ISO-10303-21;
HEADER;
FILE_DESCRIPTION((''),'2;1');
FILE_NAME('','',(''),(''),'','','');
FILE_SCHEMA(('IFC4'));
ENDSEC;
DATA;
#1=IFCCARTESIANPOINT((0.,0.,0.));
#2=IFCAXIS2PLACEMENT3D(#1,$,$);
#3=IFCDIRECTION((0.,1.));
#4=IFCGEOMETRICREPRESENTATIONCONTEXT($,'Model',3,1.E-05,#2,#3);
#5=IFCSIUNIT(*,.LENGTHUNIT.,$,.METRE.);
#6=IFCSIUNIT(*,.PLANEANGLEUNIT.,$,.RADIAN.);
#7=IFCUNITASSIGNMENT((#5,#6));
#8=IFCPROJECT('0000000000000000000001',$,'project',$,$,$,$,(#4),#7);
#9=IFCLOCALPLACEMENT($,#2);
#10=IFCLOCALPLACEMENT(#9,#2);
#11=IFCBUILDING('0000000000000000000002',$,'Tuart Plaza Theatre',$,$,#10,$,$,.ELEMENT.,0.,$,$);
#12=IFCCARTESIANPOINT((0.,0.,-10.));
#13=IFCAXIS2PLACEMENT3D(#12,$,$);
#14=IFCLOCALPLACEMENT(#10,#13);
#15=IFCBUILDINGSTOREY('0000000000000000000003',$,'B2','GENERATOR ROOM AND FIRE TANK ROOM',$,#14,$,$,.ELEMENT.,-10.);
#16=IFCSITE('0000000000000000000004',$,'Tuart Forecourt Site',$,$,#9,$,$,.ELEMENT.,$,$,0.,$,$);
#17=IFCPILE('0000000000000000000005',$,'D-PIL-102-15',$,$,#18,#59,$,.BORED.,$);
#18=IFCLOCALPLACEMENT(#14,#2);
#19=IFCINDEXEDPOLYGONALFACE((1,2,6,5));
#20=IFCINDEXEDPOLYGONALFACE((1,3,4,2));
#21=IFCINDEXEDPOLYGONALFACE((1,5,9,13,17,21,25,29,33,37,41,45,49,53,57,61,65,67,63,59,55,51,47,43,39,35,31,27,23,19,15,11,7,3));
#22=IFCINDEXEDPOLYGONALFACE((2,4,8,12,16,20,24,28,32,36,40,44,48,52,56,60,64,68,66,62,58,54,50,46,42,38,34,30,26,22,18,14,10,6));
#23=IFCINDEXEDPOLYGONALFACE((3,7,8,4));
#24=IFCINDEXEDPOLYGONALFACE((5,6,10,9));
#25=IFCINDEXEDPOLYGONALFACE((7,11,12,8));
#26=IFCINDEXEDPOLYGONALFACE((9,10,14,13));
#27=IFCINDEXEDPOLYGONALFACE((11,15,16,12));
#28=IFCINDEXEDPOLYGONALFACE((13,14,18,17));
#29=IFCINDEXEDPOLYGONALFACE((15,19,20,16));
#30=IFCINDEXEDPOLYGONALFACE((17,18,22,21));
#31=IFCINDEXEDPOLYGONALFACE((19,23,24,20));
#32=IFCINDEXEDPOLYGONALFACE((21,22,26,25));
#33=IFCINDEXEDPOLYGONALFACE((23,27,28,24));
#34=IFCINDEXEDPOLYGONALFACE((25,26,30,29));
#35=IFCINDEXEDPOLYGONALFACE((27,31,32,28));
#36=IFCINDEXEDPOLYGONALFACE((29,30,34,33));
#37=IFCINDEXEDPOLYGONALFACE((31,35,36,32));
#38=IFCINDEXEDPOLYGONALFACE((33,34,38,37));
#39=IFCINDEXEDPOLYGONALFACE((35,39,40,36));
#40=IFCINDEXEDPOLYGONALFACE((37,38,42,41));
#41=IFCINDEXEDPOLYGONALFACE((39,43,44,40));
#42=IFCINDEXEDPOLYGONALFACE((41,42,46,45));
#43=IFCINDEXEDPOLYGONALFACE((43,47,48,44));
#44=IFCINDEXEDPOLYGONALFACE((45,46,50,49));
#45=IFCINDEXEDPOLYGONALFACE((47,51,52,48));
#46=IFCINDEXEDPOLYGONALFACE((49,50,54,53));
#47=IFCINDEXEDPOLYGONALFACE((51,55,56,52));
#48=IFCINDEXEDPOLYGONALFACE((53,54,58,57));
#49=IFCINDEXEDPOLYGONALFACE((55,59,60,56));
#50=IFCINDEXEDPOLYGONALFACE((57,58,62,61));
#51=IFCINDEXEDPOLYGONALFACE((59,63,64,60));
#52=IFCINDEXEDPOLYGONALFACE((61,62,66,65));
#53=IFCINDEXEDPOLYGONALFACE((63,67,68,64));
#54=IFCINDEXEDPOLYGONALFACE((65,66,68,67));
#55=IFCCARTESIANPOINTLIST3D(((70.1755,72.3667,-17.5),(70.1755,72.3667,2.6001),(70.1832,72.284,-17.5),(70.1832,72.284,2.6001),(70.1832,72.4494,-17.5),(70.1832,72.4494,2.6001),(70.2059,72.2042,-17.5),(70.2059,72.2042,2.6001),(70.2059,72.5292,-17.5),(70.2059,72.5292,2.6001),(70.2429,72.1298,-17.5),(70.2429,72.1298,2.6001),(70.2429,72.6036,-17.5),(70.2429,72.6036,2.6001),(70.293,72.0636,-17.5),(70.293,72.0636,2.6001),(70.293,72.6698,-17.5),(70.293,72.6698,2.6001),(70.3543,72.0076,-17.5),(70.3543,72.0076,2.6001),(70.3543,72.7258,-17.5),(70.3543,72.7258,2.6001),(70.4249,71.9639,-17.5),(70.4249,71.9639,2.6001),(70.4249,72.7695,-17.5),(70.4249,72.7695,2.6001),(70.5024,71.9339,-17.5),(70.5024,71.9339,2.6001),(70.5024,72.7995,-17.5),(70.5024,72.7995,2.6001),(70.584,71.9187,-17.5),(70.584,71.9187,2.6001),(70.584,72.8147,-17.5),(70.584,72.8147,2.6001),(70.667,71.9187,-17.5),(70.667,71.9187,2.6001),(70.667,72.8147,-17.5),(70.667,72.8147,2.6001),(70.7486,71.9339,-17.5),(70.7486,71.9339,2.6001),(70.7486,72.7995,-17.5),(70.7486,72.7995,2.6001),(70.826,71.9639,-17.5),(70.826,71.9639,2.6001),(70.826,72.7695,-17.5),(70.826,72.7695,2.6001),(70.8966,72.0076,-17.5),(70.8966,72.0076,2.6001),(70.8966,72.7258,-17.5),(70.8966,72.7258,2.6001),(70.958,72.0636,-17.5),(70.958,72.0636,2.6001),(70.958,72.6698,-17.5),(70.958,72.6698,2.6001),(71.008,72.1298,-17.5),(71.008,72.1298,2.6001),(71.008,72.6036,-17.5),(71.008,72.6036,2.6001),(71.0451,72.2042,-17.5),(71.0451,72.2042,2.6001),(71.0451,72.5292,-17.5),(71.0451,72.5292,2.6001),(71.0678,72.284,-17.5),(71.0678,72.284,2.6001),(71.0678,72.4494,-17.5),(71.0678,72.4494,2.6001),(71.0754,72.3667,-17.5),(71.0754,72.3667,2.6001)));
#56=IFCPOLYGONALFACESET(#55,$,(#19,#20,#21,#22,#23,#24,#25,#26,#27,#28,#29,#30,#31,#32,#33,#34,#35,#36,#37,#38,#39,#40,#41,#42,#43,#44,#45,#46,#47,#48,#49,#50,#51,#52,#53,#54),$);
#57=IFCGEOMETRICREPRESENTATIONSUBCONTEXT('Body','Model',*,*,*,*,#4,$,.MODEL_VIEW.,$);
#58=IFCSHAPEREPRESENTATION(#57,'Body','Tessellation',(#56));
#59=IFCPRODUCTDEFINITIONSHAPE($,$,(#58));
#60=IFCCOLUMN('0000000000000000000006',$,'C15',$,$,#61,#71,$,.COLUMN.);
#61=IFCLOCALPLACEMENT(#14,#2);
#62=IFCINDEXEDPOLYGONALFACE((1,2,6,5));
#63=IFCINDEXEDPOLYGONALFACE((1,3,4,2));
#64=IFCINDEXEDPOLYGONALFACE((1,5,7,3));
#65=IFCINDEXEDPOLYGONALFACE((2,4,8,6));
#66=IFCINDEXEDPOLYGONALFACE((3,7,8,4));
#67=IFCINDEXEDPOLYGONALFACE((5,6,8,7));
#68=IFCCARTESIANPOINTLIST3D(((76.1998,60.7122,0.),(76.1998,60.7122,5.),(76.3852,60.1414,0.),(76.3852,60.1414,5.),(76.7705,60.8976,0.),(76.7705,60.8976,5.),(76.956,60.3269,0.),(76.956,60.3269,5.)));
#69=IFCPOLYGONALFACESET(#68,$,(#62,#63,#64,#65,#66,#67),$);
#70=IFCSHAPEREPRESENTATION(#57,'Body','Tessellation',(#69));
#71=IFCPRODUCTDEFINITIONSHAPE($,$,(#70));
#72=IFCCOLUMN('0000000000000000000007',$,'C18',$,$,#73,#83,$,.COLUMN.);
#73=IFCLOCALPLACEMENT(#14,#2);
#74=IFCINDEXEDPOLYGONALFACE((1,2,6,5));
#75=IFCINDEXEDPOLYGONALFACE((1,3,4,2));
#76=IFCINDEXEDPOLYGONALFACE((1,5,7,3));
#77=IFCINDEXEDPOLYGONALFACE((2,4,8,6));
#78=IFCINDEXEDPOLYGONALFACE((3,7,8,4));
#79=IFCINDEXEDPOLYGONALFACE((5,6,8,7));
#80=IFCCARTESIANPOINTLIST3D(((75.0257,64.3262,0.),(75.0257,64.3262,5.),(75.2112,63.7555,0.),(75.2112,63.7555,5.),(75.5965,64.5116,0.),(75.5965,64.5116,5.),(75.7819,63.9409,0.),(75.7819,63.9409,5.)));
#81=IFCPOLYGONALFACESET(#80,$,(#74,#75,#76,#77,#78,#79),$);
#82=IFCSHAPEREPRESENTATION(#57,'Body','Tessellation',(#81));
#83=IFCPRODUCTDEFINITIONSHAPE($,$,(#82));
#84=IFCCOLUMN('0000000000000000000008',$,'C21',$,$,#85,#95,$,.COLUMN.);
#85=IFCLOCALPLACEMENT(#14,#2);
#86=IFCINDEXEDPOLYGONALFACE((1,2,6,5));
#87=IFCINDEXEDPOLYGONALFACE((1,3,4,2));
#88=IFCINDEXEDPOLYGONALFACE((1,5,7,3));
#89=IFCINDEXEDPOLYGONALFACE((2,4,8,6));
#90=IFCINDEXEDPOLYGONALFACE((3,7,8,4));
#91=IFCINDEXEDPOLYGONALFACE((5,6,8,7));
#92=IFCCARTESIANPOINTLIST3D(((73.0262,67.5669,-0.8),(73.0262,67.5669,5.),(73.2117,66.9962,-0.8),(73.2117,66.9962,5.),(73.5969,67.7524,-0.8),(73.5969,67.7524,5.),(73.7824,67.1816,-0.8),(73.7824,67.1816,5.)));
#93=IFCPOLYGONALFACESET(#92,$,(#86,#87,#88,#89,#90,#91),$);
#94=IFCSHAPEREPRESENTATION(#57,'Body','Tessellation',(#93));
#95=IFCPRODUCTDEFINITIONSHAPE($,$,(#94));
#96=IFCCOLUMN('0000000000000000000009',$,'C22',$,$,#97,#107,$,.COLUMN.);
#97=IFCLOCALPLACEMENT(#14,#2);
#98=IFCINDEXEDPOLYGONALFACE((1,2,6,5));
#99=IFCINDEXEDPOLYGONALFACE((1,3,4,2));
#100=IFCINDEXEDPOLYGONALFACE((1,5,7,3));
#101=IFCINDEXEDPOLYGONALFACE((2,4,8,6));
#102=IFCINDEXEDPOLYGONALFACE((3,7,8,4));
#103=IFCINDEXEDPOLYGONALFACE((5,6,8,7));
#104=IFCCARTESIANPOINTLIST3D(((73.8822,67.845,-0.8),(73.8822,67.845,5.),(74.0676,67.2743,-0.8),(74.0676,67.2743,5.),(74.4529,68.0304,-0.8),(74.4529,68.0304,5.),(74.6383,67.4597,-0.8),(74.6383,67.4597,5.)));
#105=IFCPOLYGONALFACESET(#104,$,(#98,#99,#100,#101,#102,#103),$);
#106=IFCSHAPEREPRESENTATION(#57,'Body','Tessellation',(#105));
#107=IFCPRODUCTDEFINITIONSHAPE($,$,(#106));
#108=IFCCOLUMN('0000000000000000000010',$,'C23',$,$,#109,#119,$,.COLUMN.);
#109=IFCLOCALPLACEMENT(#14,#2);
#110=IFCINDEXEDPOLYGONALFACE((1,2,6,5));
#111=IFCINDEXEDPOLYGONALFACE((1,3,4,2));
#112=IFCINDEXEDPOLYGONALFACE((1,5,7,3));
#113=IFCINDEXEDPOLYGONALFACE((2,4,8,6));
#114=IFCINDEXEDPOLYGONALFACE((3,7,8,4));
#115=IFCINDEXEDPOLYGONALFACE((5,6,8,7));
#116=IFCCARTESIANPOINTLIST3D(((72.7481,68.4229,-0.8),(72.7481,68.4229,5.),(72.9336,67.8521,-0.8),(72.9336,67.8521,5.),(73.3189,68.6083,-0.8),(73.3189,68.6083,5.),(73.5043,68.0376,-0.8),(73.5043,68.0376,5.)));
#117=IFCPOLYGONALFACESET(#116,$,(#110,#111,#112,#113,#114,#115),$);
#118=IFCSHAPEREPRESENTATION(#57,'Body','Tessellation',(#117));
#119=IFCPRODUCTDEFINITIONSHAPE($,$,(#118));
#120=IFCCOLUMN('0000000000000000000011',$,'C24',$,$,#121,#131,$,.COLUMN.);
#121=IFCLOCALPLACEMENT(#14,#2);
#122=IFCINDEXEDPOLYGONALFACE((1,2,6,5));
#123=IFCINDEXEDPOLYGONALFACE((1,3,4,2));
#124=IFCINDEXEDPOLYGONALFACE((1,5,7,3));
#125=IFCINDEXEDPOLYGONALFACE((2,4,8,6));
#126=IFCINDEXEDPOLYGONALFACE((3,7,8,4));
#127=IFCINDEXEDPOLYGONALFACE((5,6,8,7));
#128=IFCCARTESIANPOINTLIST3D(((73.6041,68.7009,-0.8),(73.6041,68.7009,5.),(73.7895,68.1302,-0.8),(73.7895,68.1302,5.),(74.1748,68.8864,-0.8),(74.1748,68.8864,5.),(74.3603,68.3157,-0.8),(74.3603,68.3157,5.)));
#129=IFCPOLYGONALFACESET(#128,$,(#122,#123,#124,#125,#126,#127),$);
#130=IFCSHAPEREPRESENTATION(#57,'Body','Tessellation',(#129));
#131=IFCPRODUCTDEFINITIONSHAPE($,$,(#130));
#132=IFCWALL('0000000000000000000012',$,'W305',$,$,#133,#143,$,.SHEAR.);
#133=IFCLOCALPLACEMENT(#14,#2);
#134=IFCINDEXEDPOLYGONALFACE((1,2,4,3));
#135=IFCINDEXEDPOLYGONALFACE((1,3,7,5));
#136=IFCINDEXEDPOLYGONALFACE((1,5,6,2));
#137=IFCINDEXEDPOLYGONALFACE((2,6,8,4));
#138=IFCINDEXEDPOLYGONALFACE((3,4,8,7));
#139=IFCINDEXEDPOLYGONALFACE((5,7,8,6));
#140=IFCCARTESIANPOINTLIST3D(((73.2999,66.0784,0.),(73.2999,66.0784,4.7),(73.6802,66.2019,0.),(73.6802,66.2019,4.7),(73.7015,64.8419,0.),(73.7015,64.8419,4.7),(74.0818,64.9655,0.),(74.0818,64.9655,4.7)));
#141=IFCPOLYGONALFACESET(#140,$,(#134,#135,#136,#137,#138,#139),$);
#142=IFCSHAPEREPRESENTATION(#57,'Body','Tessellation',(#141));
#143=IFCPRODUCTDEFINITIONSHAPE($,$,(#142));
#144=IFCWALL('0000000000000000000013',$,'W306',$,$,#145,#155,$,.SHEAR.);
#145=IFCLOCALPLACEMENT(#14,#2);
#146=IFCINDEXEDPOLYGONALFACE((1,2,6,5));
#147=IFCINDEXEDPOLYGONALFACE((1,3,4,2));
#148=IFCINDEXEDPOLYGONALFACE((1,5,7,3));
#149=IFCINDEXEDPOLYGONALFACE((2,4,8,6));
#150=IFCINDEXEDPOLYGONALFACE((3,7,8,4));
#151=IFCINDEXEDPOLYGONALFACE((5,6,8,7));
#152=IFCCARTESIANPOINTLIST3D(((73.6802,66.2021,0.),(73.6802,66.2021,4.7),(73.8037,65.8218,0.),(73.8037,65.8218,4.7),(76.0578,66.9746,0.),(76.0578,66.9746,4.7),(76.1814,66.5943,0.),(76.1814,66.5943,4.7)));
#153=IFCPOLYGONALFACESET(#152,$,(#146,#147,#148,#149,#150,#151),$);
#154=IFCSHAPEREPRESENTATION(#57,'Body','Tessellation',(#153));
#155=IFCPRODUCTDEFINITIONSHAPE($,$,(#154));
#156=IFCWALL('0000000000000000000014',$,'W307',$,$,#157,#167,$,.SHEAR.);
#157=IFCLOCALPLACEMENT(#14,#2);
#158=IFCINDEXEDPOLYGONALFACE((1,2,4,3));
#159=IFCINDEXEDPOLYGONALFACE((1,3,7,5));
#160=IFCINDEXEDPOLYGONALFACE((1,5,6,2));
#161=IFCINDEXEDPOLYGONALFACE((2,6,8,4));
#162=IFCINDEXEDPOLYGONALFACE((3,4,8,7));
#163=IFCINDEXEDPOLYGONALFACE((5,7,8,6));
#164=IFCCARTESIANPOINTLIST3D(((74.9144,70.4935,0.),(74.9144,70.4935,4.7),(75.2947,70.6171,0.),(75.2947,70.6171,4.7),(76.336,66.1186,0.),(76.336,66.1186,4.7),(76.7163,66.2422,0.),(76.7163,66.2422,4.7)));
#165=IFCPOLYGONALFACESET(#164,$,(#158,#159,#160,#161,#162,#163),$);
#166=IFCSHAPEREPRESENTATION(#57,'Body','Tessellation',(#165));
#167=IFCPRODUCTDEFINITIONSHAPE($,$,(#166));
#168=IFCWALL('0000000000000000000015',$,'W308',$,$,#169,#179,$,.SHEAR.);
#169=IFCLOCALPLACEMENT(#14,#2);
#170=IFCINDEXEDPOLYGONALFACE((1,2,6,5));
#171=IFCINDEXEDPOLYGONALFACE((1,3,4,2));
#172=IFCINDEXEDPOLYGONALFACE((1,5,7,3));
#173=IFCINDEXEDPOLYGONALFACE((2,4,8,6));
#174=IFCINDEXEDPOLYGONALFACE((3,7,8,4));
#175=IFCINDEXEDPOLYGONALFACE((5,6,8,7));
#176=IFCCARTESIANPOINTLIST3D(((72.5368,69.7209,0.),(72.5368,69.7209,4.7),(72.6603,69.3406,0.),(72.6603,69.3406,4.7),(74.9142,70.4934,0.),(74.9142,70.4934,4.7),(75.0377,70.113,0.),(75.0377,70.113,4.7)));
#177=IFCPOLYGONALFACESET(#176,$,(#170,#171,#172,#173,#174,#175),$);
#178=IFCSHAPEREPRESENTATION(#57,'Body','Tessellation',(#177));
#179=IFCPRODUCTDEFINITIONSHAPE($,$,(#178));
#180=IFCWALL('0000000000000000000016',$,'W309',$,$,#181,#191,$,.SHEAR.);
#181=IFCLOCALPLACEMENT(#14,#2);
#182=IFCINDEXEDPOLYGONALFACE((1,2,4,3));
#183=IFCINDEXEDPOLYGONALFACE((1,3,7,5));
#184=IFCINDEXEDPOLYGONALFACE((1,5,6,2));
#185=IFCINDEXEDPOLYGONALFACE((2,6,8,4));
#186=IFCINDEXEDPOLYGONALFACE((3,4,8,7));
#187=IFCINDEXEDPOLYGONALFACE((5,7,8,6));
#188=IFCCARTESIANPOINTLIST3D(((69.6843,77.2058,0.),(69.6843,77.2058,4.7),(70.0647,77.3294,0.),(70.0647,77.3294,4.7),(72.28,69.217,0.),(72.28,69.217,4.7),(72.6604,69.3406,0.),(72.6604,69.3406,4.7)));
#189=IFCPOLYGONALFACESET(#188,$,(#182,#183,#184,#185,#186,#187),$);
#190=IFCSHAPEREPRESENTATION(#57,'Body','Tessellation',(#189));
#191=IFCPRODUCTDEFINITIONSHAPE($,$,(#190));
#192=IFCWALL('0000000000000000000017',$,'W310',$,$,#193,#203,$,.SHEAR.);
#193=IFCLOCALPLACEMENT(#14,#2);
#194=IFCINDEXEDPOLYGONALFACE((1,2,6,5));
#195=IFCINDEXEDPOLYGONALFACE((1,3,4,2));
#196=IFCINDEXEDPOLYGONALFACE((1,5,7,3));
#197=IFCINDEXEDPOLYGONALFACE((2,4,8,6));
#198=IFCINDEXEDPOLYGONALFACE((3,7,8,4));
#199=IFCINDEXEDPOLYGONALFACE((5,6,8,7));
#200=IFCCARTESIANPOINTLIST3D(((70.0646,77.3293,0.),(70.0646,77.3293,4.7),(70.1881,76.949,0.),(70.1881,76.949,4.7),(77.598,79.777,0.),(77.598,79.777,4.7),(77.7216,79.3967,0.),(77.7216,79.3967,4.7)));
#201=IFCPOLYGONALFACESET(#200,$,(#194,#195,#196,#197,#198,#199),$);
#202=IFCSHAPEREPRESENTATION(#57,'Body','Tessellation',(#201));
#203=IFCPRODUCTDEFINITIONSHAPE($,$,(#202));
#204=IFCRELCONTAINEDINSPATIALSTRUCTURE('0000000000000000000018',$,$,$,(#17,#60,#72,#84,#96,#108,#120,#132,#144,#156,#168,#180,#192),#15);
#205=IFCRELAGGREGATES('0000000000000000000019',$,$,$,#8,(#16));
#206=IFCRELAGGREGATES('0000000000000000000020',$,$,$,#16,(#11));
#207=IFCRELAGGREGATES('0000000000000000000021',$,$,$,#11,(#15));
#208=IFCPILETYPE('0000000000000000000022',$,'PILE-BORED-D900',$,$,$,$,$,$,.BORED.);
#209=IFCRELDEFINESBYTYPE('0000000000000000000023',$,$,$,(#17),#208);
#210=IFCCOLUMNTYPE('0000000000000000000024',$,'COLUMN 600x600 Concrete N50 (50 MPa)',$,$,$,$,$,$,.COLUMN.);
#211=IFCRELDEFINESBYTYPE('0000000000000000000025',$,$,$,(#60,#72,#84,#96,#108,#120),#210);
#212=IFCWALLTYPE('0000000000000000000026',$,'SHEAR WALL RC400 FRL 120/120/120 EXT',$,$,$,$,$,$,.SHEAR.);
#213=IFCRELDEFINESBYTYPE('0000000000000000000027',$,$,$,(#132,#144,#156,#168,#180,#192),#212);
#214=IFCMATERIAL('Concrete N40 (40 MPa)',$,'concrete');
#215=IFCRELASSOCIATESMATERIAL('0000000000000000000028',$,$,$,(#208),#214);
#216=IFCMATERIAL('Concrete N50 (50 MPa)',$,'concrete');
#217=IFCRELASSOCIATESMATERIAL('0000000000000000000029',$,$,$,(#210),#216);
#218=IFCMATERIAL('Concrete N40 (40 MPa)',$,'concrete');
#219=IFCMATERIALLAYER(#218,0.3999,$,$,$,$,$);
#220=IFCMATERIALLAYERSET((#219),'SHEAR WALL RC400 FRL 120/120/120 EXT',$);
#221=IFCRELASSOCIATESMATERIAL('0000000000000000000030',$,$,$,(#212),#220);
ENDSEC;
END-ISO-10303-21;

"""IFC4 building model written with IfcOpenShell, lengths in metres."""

from ifc_helpers import new_model, si_unit, direction, frame, frame_2d, origin, origin_2d, place, context, subcontext, project, spatial, rectangle, circle, extrude, material, layer, layer_set, material_profile, profile_set, type_object, element, save


model = new_model("IFC4")

# Units and contexts
model_context = context("Model", 3, precision=1e-05, world=origin(), true_north=direction((0.0, 1.0)))
body_context = subcontext(model_context, "Body", "Model", "MODEL_VIEW")
ifc_project = project(units=[si_unit("LENGTHUNIT", "METRE"), si_unit("PLANEANGLEUNIT", "RADIAN")], contexts=[model_context])

# Site, building, storey
site_placement = place(None, origin())
site = spatial("IfcSite", under=ifc_project, at=site_placement, Name="Tuart Forecourt Site", CompositionType="ELEMENT", RefElevation=0.0)
building_placement = place(site_placement, origin())
building = spatial("IfcBuilding", under=site, at=building_placement, Name="Tuart Plaza Theatre", CompositionType="ELEMENT", ElevationOfRefHeight=0.0)
storey_placement = place(building_placement, frame((0.0, 0.0, -10.0)))
storey = spatial("IfcBuildingStorey", under=building, at=storey_placement, Name="B2", Description="GENERATOR ROOM AND FIRE TANK ROOM", CompositionType="ELEMENT", Elevation=-10.0)

# Pile
ifc_material_1 = material(Name="Concrete N40 (40 MPa)", Category="concrete")
ifc_material_profile_1 = material_profile(ifc_material_1, circle(Radius=0.45, at=origin_2d()), Name="PILE-BORED-D900")
ifc_profile_set_1 = profile_set([ifc_material_profile_1], Name="Concrete N40 (40 MPa)")
pile_type_1 = type_object("IfcPileType", Name="PILE-BORED-D900", PredefinedType="BORED", material=ifc_profile_set_1)
for number, where, z_axis, x_axis, name in (
    (1, (70.6255, 72.3667, 2.6001), (0.0, 0.0, -1.0), (1.0, 0.0, 0.0), "D-PIL-102-15"),
):
    element("IfcPile", number, at=place(storey_placement, frame(where, z_axis=z_axis, x_axis=x_axis)), inside=storey, type_object=pile_type_1, Name=name, PredefinedType="BORED", context=body_context, shape_type="SweptSolid", body=[
        extrude(circle(Radius=0.45, at=origin_2d()), origin(), (0.0, 0.0, 1.0), 20.1001),
    ])

# Columns
ifc_material_2 = material(Name="Concrete N50 (50 MPa)", Category="concrete")
ifc_material_profile_2 = material_profile(ifc_material_2, rectangle(XDim=0.6001, YDim=0.6001, at=origin_2d()), Name="COLUMN 600x600 Concrete N50 (50 MPa)")
ifc_profile_set_2 = profile_set([ifc_material_profile_2], Name="Concrete N50 (50 MPa)")
column_type = type_object("IfcColumnType", Name="COLUMN 600x600 Concrete N50 (50 MPa)", PredefinedType="COLUMN", material=ifc_profile_set_2)
for number, where, z_axis, x_axis, name in (
    (2, (76.5779, 60.5195, 0.0), (0.0, 0.0, 1.0), (0.951057, 0.309017, 0.0), "C15"),
    (3, (75.4038, 64.1335, 0.0), (0.0, 0.0, 1.0), (0.951057, 0.309017, 0.0), "C18"),
):
    element("IfcColumn", number, at=place(storey_placement, frame(where, z_axis=z_axis, x_axis=x_axis)), inside=storey, type_object=column_type, Name=name, PredefinedType="COLUMN", context=body_context, shape_type="SweptSolid", body=[
        extrude(rectangle(XDim=0.6001, YDim=0.6001, at=origin_2d()), origin(), (0.0, 0.0, 1.0), 5.0),
    ])
for number, where, z_axis, x_axis, name in (
    (4, (73.4043, 67.3743, -0.8), (0.0, 0.0, 1.0), (0.951057, 0.309017, 0.0), "C21"),
    (5, (74.2603, 67.6523, -0.8), (0.0, 0.0, 1.0), (0.951057, 0.309017, 0.0), "C22"),
    (6, (73.1262, 68.2302, -0.8), (0.0, 0.0, 1.0), (0.951057, 0.309017, 0.0), "C23"),
    (7, (73.9822, 68.5083, -0.8), (0.0, 0.0, 1.0), (0.951057, 0.309017, 0.0), "C24"),
):
    element("IfcColumn", number, at=place(storey_placement, frame(where, z_axis=z_axis, x_axis=x_axis)), inside=storey, type_object=column_type, Name=name, PredefinedType="COLUMN", context=body_context, shape_type="SweptSolid", body=[
        extrude(rectangle(XDim=0.6001, YDim=0.6001, at=origin_2d()), origin(), (0.0, 0.0, 1.0), 5.8),
    ])

# Walls
ifc_material_3 = material(Name="Concrete N40 (40 MPa)", Category="concrete")
ifc_layer = layer(ifc_material_3, 0.3999)
ifc_layer_set = layer_set([ifc_layer], Name="SHEAR WALL RC400 FRL 120/120/120 EXT")
wall_type = type_object("IfcWallType", Name="SHEAR WALL RC400 FRL 120/120/120 EXT", PredefinedType="SHEAR", material=ifc_layer_set)
wall_1_placement = place(storey_placement, frame((73.8916, 64.9038, 0.0), z_axis=(0.0, 0.0, 1.0), x_axis=(-0.308895, 0.951096, 0.0)))
element("IfcWall", 8, at=wall_1_placement, inside=storey, type_object=wall_type, Name="W305", PredefinedType="SHEAR", context=body_context, shape_type="SweptSolid", body=[
    extrude(rectangle(XDim=1.3, YDim=0.3999, at=frame_2d((0.6499, 0.0))), origin(), (0.0, 0.0, 1.0), 4.7),
])
wall_2_placement = place(storey_placement, frame((73.7419, 66.012, 0.0), z_axis=(0.0, 0.0, 1.0), x_axis=(0.951068, 0.308982, 0.0)))
element("IfcWall", 9, at=wall_2_placement, inside=storey, type_object=wall_type, Name="W306", PredefinedType="SHEAR", context=body_context, shape_type="SweptSolid", body=[
    extrude(rectangle(XDim=2.5, YDim=0.3999, at=frame_2d((1.25, 0.0))), origin(), (0.0, 0.0, 1.0), 4.7),
])
wall_3_placement = place(storey_placement, frame((76.5261, 66.1804, 0.0), z_axis=(0.0, 0.0, 1.0), x_axis=(-0.309038, 0.95105, 0.0)))
element("IfcWall", 10, at=wall_3_placement, inside=storey, type_object=wall_type, Name="W307", PredefinedType="SHEAR", context=body_context, shape_type="SweptSolid", body=[
    extrude(rectangle(XDim=4.6001, YDim=0.3999, at=frame_2d((2.3, 0.0))), origin(), (0.0, 0.0, 1.0), 4.7),
])
wall_4_placement = place(storey_placement, frame((74.9761, 70.3032, 0.0), z_axis=(0.0, 0.0, 1.0), x_axis=(-0.951058, -0.309011, 0.0)))
element("IfcWall", 11, at=wall_4_placement, inside=storey, type_object=wall_type, Name="W308", PredefinedType="SHEAR", context=body_context, shape_type="SweptSolid", body=[
    extrude(rectangle(XDim=2.4998, YDim=0.3999, at=frame_2d((1.25, 0.0))), origin(), (0.0, 0.0, 1.0), 4.7),
])
wall_5_placement = place(storey_placement, frame((72.4702, 69.2788, 0.0), z_axis=(0.0, 0.0, 1.0), x_axis=(-0.309016, 0.951057, 0.0)))
element("IfcWall", 12, at=wall_5_placement, inside=storey, type_object=wall_type, Name="W309", PredefinedType="SHEAR", context=body_context, shape_type="SweptSolid", body=[
    extrude(rectangle(XDim=8.3999, YDim=0.3999, at=frame_2d((4.2, 0.0))), origin(), (0.0, 0.0, 1.0), 4.7),
])
wall_6_placement = place(storey_placement, frame((70.1265, 77.1392, 0.0), z_axis=(0.0, 0.0, 1.0), x_axis=(0.951057, 0.309016, 0.0)))
element("IfcWall", 13, at=wall_6_placement, inside=storey, type_object=wall_type, Name="W310", PredefinedType="SHEAR", context=body_context, shape_type="SweptSolid", body=[
    extrude(rectangle(XDim=7.9211, YDim=0.3999, at=frame_2d((3.9604, 0.0))), origin(), (0.0, 0.0, 1.0), 4.7),
])

save(model, "model.ifc")
